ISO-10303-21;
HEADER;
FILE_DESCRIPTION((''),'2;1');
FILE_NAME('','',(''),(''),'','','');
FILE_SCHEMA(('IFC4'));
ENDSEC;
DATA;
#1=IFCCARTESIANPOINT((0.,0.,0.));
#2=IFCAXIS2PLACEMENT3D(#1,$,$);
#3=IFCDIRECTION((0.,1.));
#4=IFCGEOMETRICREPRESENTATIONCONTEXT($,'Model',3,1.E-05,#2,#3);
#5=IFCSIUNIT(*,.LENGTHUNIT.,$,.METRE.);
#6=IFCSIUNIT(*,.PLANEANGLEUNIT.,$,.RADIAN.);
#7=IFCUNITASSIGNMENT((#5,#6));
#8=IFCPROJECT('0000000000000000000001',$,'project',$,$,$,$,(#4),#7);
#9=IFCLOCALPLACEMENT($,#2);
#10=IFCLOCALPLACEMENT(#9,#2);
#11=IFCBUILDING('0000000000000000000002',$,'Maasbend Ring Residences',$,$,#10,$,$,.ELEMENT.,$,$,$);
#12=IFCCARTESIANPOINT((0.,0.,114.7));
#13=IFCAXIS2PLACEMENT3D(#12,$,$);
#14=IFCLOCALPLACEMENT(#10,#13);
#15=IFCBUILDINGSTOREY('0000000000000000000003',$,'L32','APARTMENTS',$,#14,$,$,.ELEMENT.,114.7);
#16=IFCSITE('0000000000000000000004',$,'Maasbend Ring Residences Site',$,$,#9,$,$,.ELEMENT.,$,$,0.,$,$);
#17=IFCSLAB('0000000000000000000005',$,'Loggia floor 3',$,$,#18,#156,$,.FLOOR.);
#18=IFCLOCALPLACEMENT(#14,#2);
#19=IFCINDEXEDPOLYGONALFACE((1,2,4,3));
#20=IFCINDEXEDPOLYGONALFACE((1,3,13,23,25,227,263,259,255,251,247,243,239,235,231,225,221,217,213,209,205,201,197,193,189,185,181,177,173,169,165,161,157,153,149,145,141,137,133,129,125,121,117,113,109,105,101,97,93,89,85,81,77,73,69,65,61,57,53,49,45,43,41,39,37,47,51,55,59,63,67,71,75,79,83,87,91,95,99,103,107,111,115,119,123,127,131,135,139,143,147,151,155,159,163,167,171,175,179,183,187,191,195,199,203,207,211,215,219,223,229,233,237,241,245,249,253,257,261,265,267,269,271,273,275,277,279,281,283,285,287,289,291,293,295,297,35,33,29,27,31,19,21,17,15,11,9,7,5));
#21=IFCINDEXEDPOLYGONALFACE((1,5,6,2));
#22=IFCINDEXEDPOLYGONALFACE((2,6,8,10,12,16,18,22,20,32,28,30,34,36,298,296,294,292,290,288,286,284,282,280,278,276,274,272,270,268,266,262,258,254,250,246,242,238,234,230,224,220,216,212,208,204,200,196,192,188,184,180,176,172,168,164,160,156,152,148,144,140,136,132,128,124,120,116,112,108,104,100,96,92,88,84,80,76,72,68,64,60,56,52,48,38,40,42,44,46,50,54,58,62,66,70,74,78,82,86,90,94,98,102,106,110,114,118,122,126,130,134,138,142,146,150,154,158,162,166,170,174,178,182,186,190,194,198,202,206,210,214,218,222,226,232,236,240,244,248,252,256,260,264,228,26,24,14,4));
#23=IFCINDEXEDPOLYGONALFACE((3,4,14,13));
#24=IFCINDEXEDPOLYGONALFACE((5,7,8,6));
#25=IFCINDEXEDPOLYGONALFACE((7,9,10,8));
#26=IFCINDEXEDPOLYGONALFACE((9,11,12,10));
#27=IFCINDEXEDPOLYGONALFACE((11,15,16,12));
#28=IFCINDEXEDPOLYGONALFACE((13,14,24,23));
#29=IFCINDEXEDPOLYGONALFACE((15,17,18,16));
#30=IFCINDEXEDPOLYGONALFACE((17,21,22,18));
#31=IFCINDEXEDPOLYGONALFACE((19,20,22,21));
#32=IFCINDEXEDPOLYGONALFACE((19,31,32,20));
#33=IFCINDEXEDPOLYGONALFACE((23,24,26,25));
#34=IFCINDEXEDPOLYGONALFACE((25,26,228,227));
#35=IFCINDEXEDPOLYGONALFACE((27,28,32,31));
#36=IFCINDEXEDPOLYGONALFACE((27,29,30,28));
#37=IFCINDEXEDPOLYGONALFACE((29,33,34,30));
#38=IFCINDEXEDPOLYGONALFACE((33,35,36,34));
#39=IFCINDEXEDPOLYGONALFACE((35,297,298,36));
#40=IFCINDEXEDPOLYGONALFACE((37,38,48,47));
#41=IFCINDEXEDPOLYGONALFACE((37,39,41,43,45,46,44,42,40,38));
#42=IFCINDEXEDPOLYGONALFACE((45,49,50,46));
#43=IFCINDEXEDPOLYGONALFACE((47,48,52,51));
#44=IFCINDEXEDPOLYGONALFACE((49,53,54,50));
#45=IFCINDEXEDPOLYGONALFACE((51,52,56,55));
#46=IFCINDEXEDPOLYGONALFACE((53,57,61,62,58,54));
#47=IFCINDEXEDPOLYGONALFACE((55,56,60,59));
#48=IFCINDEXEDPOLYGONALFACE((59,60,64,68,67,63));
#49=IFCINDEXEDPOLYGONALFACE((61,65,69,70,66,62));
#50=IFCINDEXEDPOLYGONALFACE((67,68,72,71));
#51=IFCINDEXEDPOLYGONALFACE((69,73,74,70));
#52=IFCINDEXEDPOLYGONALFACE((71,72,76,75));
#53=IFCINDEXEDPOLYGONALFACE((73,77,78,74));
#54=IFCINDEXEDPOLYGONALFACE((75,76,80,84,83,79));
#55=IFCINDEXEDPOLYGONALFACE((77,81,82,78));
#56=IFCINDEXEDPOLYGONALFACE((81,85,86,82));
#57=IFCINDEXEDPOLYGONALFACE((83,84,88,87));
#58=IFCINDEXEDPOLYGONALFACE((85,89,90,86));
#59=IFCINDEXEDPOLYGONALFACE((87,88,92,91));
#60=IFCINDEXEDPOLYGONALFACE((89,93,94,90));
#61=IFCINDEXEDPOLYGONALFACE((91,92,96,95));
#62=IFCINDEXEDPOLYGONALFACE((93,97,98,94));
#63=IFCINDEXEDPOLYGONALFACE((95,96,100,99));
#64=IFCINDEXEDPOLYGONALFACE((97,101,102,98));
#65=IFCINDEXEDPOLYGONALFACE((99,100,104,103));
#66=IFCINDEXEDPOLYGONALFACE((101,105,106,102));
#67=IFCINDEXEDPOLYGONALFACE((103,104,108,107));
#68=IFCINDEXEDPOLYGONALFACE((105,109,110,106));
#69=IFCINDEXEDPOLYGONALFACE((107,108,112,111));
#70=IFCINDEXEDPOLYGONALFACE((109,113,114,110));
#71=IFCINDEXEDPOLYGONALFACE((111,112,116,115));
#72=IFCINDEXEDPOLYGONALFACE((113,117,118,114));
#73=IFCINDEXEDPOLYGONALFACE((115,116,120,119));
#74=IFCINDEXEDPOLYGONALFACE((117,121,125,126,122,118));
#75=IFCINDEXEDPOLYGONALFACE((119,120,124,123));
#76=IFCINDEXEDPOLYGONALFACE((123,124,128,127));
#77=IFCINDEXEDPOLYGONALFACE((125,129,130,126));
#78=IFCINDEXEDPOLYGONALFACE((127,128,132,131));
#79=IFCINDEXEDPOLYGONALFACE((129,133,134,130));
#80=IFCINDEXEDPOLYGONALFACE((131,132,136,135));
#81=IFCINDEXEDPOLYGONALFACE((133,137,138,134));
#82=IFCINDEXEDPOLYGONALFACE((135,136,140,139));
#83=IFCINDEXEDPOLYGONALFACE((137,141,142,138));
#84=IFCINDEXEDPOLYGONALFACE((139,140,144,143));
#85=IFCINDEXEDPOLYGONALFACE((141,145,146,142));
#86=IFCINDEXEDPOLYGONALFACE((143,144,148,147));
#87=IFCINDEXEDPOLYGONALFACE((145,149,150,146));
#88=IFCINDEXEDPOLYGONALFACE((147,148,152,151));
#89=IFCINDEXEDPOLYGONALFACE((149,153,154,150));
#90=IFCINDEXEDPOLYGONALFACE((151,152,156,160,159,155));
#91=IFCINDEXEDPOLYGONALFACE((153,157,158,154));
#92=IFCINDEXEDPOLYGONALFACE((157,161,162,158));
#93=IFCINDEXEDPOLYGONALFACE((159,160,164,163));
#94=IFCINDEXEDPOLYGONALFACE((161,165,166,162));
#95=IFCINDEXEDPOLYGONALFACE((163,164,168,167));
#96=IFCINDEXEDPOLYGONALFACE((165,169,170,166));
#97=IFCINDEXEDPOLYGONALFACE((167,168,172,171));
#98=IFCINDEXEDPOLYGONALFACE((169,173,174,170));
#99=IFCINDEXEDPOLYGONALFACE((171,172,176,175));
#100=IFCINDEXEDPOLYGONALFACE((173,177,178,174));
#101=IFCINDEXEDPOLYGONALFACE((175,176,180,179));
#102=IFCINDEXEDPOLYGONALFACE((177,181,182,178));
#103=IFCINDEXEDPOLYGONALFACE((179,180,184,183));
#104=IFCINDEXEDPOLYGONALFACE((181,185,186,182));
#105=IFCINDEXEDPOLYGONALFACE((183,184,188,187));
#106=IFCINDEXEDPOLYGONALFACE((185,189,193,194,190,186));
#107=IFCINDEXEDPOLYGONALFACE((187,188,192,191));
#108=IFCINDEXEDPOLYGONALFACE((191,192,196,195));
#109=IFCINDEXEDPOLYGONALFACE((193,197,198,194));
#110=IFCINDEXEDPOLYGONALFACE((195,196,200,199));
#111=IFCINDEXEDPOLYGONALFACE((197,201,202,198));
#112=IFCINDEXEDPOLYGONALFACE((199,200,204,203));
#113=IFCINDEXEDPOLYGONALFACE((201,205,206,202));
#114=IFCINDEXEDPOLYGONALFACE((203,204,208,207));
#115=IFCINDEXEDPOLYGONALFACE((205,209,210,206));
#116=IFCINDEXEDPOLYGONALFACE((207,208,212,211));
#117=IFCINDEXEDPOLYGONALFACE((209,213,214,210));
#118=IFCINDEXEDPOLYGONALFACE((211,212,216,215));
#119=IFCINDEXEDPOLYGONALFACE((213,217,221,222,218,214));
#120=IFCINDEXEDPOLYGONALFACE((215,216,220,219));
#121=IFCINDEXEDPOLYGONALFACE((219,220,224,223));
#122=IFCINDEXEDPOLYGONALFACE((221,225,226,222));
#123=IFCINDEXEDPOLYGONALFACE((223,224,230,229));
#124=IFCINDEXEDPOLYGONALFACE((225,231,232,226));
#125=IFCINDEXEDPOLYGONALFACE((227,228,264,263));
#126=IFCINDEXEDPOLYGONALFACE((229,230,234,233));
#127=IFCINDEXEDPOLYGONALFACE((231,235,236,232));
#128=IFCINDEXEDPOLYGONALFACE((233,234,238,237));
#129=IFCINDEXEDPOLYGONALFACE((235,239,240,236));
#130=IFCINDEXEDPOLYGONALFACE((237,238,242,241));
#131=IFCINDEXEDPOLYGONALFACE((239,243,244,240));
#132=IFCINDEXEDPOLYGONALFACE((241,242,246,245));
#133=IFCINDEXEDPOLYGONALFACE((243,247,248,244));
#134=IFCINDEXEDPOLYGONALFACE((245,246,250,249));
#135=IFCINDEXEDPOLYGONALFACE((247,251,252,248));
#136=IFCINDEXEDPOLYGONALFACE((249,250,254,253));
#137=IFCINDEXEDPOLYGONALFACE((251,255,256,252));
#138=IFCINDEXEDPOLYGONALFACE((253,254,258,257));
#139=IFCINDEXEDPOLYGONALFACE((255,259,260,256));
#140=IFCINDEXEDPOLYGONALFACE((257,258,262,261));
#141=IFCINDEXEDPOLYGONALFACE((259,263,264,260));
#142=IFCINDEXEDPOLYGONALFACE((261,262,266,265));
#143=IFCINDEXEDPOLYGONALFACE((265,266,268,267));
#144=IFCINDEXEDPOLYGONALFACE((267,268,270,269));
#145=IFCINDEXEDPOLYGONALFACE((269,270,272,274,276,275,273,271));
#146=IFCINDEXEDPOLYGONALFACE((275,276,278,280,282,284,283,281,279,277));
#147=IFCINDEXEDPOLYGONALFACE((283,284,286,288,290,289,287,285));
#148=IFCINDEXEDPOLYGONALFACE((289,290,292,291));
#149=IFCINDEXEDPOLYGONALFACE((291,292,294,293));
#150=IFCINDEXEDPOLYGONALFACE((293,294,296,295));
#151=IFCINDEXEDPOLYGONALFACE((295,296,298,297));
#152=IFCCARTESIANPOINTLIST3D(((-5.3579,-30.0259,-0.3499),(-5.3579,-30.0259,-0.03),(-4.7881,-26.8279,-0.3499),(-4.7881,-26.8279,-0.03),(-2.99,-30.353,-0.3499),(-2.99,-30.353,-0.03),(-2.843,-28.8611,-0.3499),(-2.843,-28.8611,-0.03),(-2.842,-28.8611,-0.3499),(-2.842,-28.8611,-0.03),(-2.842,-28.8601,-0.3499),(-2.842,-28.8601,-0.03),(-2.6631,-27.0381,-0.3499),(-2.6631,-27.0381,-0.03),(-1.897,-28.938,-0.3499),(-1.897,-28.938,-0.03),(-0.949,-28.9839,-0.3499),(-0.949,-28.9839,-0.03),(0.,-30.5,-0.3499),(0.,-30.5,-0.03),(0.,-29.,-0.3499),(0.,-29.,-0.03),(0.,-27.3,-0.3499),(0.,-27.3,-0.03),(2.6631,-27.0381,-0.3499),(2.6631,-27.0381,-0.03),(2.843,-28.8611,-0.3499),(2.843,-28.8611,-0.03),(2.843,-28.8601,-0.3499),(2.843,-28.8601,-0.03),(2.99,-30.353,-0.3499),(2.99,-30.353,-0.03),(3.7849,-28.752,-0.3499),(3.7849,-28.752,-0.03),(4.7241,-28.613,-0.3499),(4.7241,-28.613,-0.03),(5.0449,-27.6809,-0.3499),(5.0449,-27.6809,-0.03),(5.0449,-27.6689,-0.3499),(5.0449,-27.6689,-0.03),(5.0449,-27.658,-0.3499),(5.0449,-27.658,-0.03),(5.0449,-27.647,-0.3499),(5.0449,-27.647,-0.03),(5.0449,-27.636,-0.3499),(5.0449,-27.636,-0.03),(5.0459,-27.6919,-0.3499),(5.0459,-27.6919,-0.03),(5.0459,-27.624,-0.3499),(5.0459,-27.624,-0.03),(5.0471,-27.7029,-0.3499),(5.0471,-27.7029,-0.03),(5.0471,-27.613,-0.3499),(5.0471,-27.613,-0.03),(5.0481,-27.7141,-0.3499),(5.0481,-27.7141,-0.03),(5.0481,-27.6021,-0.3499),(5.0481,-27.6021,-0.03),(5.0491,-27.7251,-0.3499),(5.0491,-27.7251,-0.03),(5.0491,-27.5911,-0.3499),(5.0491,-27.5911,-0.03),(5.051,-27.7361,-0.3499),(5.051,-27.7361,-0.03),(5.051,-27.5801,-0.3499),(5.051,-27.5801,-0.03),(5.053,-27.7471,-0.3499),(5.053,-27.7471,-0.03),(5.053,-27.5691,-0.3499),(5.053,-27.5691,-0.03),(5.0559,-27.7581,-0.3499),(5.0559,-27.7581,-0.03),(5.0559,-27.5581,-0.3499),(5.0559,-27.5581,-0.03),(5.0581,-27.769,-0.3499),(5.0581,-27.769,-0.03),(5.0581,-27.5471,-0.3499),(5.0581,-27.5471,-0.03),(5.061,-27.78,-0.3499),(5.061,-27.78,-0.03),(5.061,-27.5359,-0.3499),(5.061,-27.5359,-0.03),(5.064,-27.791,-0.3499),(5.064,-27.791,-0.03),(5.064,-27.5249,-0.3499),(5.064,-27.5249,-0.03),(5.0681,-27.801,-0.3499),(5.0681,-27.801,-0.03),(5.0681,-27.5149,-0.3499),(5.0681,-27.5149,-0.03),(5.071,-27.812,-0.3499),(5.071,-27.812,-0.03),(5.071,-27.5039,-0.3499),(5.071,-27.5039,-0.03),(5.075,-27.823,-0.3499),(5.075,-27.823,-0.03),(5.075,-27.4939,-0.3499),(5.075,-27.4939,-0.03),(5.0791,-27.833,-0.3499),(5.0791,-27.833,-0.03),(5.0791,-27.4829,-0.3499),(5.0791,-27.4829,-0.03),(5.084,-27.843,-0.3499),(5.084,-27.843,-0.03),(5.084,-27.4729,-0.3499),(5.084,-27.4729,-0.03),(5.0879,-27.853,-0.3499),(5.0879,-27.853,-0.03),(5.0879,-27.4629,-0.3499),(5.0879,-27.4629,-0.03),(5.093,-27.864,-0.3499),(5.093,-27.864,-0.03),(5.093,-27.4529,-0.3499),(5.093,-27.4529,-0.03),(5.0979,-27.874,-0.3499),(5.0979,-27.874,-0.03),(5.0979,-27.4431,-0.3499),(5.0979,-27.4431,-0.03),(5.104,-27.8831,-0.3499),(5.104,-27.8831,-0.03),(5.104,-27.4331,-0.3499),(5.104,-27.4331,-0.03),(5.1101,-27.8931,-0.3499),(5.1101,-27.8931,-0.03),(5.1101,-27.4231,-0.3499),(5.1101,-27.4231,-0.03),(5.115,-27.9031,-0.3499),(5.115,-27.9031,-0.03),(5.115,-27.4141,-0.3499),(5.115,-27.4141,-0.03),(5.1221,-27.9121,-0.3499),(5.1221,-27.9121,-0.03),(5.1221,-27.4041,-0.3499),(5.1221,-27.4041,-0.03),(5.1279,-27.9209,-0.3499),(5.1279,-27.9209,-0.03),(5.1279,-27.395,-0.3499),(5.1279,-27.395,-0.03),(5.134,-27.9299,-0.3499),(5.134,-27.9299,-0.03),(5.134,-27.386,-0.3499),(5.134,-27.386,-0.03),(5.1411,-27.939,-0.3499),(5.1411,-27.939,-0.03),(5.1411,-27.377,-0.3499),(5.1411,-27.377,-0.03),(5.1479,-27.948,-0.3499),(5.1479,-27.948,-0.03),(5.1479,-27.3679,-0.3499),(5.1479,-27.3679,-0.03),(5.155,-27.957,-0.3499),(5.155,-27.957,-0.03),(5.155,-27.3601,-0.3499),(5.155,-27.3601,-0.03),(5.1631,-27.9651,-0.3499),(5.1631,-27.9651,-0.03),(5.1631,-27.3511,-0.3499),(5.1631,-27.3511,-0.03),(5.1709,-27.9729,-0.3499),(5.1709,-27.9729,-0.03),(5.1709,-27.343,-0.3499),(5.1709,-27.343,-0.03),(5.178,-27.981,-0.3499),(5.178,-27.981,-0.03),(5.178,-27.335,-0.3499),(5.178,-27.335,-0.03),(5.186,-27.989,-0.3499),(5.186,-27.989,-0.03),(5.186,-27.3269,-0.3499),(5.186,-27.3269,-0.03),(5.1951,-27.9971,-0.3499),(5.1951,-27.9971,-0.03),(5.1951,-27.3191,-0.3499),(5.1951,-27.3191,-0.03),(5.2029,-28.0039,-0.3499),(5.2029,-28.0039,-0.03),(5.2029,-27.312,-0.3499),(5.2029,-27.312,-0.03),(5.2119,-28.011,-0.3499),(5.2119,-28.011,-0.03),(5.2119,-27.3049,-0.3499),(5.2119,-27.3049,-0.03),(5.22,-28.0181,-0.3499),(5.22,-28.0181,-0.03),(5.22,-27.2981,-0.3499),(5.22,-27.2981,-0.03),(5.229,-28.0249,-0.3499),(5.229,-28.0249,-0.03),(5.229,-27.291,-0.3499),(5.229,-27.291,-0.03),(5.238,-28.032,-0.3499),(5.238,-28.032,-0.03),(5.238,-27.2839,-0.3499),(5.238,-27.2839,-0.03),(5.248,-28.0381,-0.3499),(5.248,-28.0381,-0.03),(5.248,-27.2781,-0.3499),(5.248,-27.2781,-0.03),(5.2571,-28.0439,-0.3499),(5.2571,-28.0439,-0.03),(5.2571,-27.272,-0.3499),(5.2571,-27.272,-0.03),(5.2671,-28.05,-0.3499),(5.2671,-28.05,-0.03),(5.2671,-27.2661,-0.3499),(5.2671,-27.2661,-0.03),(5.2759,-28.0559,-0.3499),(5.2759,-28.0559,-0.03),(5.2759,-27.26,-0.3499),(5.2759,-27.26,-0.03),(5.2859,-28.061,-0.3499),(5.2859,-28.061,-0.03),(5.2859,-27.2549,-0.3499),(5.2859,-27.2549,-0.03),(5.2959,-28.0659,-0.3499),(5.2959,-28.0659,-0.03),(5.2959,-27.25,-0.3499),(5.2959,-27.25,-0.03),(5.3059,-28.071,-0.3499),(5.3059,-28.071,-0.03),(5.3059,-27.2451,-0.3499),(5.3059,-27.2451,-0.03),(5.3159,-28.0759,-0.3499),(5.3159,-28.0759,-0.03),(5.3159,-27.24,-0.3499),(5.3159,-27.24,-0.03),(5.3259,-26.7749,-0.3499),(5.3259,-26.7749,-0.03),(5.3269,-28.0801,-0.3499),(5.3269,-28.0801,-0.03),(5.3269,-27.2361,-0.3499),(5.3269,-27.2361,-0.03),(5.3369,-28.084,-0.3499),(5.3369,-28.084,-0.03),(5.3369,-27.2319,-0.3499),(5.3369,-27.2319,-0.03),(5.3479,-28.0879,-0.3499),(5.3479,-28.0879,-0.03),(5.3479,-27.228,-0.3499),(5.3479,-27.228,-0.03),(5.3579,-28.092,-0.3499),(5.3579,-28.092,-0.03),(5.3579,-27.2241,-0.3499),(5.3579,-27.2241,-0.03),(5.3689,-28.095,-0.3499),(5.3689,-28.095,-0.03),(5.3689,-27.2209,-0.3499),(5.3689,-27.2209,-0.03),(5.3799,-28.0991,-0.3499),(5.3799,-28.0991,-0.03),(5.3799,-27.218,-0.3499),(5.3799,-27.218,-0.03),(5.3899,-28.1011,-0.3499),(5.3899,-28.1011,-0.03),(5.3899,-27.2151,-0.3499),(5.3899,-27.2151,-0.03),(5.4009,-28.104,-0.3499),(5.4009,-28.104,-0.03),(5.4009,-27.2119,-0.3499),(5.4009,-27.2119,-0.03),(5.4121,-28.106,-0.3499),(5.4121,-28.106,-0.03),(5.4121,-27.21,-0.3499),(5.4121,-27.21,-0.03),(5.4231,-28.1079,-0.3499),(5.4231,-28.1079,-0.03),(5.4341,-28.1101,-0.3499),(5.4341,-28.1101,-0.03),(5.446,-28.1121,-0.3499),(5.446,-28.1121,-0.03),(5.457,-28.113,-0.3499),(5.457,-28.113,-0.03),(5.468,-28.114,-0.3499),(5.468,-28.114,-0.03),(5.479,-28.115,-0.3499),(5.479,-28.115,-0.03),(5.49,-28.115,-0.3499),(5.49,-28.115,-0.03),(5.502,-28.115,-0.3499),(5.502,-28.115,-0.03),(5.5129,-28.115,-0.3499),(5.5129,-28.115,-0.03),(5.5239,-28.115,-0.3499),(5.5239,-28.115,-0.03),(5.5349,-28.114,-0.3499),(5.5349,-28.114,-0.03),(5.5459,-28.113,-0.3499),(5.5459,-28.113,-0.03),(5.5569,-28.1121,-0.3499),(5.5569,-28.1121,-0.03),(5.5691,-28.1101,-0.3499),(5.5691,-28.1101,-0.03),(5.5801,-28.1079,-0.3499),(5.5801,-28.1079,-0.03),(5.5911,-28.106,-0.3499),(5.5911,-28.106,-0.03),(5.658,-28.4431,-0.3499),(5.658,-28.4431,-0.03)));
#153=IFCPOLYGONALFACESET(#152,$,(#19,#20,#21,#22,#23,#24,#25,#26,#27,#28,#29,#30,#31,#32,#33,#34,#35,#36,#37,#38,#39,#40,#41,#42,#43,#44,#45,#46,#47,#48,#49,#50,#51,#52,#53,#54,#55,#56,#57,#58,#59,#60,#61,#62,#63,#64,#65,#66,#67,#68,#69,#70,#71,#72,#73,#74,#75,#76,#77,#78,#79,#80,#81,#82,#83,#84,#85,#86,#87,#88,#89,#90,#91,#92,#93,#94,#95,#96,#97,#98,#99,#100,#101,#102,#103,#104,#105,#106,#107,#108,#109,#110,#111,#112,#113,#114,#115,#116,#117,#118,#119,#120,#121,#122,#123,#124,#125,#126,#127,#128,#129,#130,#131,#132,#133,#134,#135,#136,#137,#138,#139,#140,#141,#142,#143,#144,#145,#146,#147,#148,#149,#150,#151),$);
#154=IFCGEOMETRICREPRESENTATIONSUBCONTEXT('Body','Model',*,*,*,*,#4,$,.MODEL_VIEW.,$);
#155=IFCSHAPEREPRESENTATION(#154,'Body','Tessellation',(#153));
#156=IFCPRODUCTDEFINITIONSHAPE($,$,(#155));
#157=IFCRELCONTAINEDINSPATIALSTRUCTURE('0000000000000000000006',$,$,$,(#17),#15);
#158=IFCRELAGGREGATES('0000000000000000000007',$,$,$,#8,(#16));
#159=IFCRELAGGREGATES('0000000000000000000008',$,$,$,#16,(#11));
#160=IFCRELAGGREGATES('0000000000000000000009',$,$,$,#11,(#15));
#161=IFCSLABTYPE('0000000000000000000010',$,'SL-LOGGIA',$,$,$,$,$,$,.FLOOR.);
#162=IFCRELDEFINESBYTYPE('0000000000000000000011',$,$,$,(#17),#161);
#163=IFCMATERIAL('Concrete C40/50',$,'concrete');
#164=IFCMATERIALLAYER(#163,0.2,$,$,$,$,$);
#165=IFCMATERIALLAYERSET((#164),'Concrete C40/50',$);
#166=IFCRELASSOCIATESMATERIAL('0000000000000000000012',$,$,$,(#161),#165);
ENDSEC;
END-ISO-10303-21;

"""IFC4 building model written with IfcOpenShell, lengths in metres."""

from ifc_helpers import new_model, si_unit, direction, frame, origin, place, context, subcontext, project, spatial, polyline, outline, extrude, material, layer, layer_set, type_object, element, save


model = new_model("IFC4")

# Units and contexts
model_context = context("Model", 3, precision=1e-05, world=origin(), true_north=direction((0.0, 1.0)))
body_context = subcontext(model_context, "Body", "Model", "MODEL_VIEW")
ifc_project = project(units=[si_unit("LENGTHUNIT", "METRE"), si_unit("PLANEANGLEUNIT", "RADIAN")], contexts=[model_context])

# Site, building, storey
site_placement = place(None, origin())
site = spatial("IfcSite", under=ifc_project, at=site_placement, Name="Maasbend Ring Residences Site", CompositionType="ELEMENT", RefElevation=0.0)
building_placement = place(site_placement, origin())
building = spatial("IfcBuilding", under=site, at=building_placement, Name="Maasbend Ring Residences", CompositionType="ELEMENT")
storey_placement = place(building_placement, frame((0.0, 0.0, 114.7)))
storey = spatial("IfcBuildingStorey", under=building, at=storey_placement, Name="L32", Description="APARTMENTS", CompositionType="ELEMENT", Elevation=114.7)

# Slab
ifc_material_1 = material(Name="Concrete C40/50", Category="concrete")
ifc_layer_1 = layer(ifc_material_1, 0.2)
ifc_layer_set_1 = layer_set([ifc_layer_1], Name="Concrete C40/50")
slab_type = type_object("IfcSlabType", Name="SL-LOGGIA", PredefinedType="FLOOR", material=ifc_layer_set_1)
slab_1_placement = place(storey_placement, frame((0.0, 0.0, -0.3499)))
element("IfcSlab", 1, at=slab_1_placement, inside=storey, type_object=slab_type, Name="Loggia floor 3", PredefinedType="FLOOR", context=body_context, shape_type="SweptSolid", body=[
    extrude(outline(polyline([(-2.6631, -27.0381), (0.0, -27.3), (0.0, -27.3), (0.0, -27.3), (2.6631, -27.0381), (5.3259, -26.7749), (5.3259, -26.7749), (5.3259, -26.7749), (5.4121, -27.21), (5.4121, -27.21), (5.4009, -27.2119), (5.3899, -27.2151), (5.3799, -27.218), (5.3689, -27.2209), (5.3579, -27.2241), (5.3479, -27.228), (5.3369, -27.2319), (5.3269, -27.2361), (5.3159, -27.24), (5.3059, -27.2451), (5.2959, -27.25), (5.2859, -27.2549), (5.2759, -27.26), (5.2671, -27.2661), (5.2571, -27.272), (5.248, -27.2781), (5.238, -27.2839), (5.229, -27.291), (5.22, -27.2981), (5.2119, -27.3049), (5.2029, -27.312), (5.1951, -27.3191), (5.186, -27.3269), (5.178, -27.335), (5.1709, -27.343), (5.1631, -27.3511), (5.155, -27.3601), (5.1479, -27.3679), (5.1411, -27.377), (5.134, -27.386), (5.1279, -27.395), (5.1221, -27.4041), (5.115, -27.4141), (5.1101, -27.4231), (5.104, -27.4331), (5.0979, -27.4431), (5.093, -27.4529), (5.0879, -27.4629), (5.084, -27.4729), (5.0791, -27.4829), (5.075, -27.4939), (5.071, -27.5039), (5.0681, -27.5149), (5.064, -27.5249), (5.061, -27.5359), (5.0581, -27.5471), (5.0559, -27.5581), (5.053, -27.5691), (5.051, -27.5801), (5.0491, -27.5911), (5.0481, -27.6021), (5.0471, -27.613), (5.0459, -27.624), (5.0449, -27.636), (5.0449, -27.647), (5.0449, -27.658), (5.0449, -27.6689), (5.0449, -27.6809), (5.0459, -27.6919), (5.0471, -27.7029), (5.0481, -27.7141), (5.0491, -27.7251), (5.051, -27.7361), (5.053, -27.7471), (5.0559, -27.7581), (5.0581, -27.769), (5.061, -27.78), (5.064, -27.791), (5.0681, -27.801), (5.071, -27.812), (5.075, -27.823), (5.0791, -27.833), (5.084, -27.843), (5.0879, -27.853), (5.093, -27.864), (5.0979, -27.874), (5.104, -27.8831), (5.1101, -27.8931), (5.115, -27.9031), (5.1221, -27.9121), (5.1279, -27.9209), (5.134, -27.9299), (5.1411, -27.939), (5.1479, -27.948), (5.155, -27.957), (5.1631, -27.9651), (5.1709, -27.9729), (5.178, -27.981), (5.186, -27.989), (5.1951, -27.9971), (5.2029, -28.0039), (5.2119, -28.011), (5.22, -28.0181), (5.229, -28.0249), (5.238, -28.032), (5.248, -28.0381), (5.2571, -28.0439), (5.2671, -28.05), (5.2759, -28.0559), (5.2859, -28.061), (5.2959, -28.0659), (5.3059, -28.071), (5.3159, -28.0759), (5.3269, -28.0801), (5.3369, -28.084), (5.3479, -28.0879), (5.3579, -28.092), (5.3689, -28.095), (5.3799, -28.0991), (5.3899, -28.1011), (5.4009, -28.104), (5.4121, -28.106), (5.4231, -28.1079), (5.4341, -28.1101), (5.446, -28.1121), (5.457, -28.113), (5.468, -28.114), (5.479, -28.115), (5.49, -28.115), (5.502, -28.115), (5.5129, -28.115), (5.5239, -28.115), (5.5349, -28.114), (5.5459, -28.113), (5.5569, -28.1121), (5.5691, -28.1101), (5.5801, -28.1079), (5.5911, -28.106), (5.5911, -28.106), (5.658, -28.4431), (5.658, -28.4431), (5.658, -28.4431), (4.7241, -28.613), (4.7241, -28.613), (3.7849, -28.752), (3.7849, -28.752), (2.843, -28.8601), (2.843, -28.8601), (2.843, -28.8601), (2.843, -28.8601), (2.843, -28.8601), (2.843, -28.8601), (2.843, -28.8601), (2.843, -28.8601), (2.843, -28.8601), (2.843, -28.8611), (2.843, -28.8611), (2.843, -28.8611), (2.843, -28.8611), (2.843, -28.8611), (2.843, -28.8611), (2.843, -28.8611), (2.843, -28.8611), (2.99, -30.353), (2.99, -30.353), (2.99, -30.353), (0.0, -30.5), (0.0, -30.5), (0.0, -30.5), (0.0, -29.0), (0.0, -29.0), (0.0, -29.0), (0.0, -29.0), (0.0, -29.0), (0.0, -29.0), (0.0, -29.0), (0.0, -29.0), (0.0, -29.0), (0.0, -29.0), (0.0, -29.0), (0.0, -29.0), (0.0, -29.0), (0.0, -29.0), (0.0, -29.0), (0.0, -29.0), (0.0, -29.0), (-0.949, -28.9839), (-0.949, -28.9839), (-1.897, -28.938), (-1.897, -28.938), (-2.842, -28.8601), (-2.842, -28.8601), (-2.842, -28.8601), (-2.842, -28.8601), (-2.842, -28.8601), (-2.842, -28.8601), (-2.842, -28.8601), (-2.842, -28.8601), (-2.842, -28.8611), (-2.842, -28.8611), (-2.842, -28.8611), (-2.842, -28.8611), (-2.842, -28.8611), (-2.843, -28.8611), (-2.843, -28.8611), (-2.843, -28.8611), (-2.843, -28.8611), (-2.99, -30.353), (-2.99, -30.353), (-2.99, -30.353), (-5.3579, -30.0259), (-5.3579, -30.0259), (-5.3579, -30.0259), (-4.7881, -26.8279), (-4.7881, -26.8279), (-4.7881, -26.8279), (-2.6631, -27.0381)])), origin(), (0.0, 0.0, 1.0), 0.3198),
])

save(model, "model.ifc")
